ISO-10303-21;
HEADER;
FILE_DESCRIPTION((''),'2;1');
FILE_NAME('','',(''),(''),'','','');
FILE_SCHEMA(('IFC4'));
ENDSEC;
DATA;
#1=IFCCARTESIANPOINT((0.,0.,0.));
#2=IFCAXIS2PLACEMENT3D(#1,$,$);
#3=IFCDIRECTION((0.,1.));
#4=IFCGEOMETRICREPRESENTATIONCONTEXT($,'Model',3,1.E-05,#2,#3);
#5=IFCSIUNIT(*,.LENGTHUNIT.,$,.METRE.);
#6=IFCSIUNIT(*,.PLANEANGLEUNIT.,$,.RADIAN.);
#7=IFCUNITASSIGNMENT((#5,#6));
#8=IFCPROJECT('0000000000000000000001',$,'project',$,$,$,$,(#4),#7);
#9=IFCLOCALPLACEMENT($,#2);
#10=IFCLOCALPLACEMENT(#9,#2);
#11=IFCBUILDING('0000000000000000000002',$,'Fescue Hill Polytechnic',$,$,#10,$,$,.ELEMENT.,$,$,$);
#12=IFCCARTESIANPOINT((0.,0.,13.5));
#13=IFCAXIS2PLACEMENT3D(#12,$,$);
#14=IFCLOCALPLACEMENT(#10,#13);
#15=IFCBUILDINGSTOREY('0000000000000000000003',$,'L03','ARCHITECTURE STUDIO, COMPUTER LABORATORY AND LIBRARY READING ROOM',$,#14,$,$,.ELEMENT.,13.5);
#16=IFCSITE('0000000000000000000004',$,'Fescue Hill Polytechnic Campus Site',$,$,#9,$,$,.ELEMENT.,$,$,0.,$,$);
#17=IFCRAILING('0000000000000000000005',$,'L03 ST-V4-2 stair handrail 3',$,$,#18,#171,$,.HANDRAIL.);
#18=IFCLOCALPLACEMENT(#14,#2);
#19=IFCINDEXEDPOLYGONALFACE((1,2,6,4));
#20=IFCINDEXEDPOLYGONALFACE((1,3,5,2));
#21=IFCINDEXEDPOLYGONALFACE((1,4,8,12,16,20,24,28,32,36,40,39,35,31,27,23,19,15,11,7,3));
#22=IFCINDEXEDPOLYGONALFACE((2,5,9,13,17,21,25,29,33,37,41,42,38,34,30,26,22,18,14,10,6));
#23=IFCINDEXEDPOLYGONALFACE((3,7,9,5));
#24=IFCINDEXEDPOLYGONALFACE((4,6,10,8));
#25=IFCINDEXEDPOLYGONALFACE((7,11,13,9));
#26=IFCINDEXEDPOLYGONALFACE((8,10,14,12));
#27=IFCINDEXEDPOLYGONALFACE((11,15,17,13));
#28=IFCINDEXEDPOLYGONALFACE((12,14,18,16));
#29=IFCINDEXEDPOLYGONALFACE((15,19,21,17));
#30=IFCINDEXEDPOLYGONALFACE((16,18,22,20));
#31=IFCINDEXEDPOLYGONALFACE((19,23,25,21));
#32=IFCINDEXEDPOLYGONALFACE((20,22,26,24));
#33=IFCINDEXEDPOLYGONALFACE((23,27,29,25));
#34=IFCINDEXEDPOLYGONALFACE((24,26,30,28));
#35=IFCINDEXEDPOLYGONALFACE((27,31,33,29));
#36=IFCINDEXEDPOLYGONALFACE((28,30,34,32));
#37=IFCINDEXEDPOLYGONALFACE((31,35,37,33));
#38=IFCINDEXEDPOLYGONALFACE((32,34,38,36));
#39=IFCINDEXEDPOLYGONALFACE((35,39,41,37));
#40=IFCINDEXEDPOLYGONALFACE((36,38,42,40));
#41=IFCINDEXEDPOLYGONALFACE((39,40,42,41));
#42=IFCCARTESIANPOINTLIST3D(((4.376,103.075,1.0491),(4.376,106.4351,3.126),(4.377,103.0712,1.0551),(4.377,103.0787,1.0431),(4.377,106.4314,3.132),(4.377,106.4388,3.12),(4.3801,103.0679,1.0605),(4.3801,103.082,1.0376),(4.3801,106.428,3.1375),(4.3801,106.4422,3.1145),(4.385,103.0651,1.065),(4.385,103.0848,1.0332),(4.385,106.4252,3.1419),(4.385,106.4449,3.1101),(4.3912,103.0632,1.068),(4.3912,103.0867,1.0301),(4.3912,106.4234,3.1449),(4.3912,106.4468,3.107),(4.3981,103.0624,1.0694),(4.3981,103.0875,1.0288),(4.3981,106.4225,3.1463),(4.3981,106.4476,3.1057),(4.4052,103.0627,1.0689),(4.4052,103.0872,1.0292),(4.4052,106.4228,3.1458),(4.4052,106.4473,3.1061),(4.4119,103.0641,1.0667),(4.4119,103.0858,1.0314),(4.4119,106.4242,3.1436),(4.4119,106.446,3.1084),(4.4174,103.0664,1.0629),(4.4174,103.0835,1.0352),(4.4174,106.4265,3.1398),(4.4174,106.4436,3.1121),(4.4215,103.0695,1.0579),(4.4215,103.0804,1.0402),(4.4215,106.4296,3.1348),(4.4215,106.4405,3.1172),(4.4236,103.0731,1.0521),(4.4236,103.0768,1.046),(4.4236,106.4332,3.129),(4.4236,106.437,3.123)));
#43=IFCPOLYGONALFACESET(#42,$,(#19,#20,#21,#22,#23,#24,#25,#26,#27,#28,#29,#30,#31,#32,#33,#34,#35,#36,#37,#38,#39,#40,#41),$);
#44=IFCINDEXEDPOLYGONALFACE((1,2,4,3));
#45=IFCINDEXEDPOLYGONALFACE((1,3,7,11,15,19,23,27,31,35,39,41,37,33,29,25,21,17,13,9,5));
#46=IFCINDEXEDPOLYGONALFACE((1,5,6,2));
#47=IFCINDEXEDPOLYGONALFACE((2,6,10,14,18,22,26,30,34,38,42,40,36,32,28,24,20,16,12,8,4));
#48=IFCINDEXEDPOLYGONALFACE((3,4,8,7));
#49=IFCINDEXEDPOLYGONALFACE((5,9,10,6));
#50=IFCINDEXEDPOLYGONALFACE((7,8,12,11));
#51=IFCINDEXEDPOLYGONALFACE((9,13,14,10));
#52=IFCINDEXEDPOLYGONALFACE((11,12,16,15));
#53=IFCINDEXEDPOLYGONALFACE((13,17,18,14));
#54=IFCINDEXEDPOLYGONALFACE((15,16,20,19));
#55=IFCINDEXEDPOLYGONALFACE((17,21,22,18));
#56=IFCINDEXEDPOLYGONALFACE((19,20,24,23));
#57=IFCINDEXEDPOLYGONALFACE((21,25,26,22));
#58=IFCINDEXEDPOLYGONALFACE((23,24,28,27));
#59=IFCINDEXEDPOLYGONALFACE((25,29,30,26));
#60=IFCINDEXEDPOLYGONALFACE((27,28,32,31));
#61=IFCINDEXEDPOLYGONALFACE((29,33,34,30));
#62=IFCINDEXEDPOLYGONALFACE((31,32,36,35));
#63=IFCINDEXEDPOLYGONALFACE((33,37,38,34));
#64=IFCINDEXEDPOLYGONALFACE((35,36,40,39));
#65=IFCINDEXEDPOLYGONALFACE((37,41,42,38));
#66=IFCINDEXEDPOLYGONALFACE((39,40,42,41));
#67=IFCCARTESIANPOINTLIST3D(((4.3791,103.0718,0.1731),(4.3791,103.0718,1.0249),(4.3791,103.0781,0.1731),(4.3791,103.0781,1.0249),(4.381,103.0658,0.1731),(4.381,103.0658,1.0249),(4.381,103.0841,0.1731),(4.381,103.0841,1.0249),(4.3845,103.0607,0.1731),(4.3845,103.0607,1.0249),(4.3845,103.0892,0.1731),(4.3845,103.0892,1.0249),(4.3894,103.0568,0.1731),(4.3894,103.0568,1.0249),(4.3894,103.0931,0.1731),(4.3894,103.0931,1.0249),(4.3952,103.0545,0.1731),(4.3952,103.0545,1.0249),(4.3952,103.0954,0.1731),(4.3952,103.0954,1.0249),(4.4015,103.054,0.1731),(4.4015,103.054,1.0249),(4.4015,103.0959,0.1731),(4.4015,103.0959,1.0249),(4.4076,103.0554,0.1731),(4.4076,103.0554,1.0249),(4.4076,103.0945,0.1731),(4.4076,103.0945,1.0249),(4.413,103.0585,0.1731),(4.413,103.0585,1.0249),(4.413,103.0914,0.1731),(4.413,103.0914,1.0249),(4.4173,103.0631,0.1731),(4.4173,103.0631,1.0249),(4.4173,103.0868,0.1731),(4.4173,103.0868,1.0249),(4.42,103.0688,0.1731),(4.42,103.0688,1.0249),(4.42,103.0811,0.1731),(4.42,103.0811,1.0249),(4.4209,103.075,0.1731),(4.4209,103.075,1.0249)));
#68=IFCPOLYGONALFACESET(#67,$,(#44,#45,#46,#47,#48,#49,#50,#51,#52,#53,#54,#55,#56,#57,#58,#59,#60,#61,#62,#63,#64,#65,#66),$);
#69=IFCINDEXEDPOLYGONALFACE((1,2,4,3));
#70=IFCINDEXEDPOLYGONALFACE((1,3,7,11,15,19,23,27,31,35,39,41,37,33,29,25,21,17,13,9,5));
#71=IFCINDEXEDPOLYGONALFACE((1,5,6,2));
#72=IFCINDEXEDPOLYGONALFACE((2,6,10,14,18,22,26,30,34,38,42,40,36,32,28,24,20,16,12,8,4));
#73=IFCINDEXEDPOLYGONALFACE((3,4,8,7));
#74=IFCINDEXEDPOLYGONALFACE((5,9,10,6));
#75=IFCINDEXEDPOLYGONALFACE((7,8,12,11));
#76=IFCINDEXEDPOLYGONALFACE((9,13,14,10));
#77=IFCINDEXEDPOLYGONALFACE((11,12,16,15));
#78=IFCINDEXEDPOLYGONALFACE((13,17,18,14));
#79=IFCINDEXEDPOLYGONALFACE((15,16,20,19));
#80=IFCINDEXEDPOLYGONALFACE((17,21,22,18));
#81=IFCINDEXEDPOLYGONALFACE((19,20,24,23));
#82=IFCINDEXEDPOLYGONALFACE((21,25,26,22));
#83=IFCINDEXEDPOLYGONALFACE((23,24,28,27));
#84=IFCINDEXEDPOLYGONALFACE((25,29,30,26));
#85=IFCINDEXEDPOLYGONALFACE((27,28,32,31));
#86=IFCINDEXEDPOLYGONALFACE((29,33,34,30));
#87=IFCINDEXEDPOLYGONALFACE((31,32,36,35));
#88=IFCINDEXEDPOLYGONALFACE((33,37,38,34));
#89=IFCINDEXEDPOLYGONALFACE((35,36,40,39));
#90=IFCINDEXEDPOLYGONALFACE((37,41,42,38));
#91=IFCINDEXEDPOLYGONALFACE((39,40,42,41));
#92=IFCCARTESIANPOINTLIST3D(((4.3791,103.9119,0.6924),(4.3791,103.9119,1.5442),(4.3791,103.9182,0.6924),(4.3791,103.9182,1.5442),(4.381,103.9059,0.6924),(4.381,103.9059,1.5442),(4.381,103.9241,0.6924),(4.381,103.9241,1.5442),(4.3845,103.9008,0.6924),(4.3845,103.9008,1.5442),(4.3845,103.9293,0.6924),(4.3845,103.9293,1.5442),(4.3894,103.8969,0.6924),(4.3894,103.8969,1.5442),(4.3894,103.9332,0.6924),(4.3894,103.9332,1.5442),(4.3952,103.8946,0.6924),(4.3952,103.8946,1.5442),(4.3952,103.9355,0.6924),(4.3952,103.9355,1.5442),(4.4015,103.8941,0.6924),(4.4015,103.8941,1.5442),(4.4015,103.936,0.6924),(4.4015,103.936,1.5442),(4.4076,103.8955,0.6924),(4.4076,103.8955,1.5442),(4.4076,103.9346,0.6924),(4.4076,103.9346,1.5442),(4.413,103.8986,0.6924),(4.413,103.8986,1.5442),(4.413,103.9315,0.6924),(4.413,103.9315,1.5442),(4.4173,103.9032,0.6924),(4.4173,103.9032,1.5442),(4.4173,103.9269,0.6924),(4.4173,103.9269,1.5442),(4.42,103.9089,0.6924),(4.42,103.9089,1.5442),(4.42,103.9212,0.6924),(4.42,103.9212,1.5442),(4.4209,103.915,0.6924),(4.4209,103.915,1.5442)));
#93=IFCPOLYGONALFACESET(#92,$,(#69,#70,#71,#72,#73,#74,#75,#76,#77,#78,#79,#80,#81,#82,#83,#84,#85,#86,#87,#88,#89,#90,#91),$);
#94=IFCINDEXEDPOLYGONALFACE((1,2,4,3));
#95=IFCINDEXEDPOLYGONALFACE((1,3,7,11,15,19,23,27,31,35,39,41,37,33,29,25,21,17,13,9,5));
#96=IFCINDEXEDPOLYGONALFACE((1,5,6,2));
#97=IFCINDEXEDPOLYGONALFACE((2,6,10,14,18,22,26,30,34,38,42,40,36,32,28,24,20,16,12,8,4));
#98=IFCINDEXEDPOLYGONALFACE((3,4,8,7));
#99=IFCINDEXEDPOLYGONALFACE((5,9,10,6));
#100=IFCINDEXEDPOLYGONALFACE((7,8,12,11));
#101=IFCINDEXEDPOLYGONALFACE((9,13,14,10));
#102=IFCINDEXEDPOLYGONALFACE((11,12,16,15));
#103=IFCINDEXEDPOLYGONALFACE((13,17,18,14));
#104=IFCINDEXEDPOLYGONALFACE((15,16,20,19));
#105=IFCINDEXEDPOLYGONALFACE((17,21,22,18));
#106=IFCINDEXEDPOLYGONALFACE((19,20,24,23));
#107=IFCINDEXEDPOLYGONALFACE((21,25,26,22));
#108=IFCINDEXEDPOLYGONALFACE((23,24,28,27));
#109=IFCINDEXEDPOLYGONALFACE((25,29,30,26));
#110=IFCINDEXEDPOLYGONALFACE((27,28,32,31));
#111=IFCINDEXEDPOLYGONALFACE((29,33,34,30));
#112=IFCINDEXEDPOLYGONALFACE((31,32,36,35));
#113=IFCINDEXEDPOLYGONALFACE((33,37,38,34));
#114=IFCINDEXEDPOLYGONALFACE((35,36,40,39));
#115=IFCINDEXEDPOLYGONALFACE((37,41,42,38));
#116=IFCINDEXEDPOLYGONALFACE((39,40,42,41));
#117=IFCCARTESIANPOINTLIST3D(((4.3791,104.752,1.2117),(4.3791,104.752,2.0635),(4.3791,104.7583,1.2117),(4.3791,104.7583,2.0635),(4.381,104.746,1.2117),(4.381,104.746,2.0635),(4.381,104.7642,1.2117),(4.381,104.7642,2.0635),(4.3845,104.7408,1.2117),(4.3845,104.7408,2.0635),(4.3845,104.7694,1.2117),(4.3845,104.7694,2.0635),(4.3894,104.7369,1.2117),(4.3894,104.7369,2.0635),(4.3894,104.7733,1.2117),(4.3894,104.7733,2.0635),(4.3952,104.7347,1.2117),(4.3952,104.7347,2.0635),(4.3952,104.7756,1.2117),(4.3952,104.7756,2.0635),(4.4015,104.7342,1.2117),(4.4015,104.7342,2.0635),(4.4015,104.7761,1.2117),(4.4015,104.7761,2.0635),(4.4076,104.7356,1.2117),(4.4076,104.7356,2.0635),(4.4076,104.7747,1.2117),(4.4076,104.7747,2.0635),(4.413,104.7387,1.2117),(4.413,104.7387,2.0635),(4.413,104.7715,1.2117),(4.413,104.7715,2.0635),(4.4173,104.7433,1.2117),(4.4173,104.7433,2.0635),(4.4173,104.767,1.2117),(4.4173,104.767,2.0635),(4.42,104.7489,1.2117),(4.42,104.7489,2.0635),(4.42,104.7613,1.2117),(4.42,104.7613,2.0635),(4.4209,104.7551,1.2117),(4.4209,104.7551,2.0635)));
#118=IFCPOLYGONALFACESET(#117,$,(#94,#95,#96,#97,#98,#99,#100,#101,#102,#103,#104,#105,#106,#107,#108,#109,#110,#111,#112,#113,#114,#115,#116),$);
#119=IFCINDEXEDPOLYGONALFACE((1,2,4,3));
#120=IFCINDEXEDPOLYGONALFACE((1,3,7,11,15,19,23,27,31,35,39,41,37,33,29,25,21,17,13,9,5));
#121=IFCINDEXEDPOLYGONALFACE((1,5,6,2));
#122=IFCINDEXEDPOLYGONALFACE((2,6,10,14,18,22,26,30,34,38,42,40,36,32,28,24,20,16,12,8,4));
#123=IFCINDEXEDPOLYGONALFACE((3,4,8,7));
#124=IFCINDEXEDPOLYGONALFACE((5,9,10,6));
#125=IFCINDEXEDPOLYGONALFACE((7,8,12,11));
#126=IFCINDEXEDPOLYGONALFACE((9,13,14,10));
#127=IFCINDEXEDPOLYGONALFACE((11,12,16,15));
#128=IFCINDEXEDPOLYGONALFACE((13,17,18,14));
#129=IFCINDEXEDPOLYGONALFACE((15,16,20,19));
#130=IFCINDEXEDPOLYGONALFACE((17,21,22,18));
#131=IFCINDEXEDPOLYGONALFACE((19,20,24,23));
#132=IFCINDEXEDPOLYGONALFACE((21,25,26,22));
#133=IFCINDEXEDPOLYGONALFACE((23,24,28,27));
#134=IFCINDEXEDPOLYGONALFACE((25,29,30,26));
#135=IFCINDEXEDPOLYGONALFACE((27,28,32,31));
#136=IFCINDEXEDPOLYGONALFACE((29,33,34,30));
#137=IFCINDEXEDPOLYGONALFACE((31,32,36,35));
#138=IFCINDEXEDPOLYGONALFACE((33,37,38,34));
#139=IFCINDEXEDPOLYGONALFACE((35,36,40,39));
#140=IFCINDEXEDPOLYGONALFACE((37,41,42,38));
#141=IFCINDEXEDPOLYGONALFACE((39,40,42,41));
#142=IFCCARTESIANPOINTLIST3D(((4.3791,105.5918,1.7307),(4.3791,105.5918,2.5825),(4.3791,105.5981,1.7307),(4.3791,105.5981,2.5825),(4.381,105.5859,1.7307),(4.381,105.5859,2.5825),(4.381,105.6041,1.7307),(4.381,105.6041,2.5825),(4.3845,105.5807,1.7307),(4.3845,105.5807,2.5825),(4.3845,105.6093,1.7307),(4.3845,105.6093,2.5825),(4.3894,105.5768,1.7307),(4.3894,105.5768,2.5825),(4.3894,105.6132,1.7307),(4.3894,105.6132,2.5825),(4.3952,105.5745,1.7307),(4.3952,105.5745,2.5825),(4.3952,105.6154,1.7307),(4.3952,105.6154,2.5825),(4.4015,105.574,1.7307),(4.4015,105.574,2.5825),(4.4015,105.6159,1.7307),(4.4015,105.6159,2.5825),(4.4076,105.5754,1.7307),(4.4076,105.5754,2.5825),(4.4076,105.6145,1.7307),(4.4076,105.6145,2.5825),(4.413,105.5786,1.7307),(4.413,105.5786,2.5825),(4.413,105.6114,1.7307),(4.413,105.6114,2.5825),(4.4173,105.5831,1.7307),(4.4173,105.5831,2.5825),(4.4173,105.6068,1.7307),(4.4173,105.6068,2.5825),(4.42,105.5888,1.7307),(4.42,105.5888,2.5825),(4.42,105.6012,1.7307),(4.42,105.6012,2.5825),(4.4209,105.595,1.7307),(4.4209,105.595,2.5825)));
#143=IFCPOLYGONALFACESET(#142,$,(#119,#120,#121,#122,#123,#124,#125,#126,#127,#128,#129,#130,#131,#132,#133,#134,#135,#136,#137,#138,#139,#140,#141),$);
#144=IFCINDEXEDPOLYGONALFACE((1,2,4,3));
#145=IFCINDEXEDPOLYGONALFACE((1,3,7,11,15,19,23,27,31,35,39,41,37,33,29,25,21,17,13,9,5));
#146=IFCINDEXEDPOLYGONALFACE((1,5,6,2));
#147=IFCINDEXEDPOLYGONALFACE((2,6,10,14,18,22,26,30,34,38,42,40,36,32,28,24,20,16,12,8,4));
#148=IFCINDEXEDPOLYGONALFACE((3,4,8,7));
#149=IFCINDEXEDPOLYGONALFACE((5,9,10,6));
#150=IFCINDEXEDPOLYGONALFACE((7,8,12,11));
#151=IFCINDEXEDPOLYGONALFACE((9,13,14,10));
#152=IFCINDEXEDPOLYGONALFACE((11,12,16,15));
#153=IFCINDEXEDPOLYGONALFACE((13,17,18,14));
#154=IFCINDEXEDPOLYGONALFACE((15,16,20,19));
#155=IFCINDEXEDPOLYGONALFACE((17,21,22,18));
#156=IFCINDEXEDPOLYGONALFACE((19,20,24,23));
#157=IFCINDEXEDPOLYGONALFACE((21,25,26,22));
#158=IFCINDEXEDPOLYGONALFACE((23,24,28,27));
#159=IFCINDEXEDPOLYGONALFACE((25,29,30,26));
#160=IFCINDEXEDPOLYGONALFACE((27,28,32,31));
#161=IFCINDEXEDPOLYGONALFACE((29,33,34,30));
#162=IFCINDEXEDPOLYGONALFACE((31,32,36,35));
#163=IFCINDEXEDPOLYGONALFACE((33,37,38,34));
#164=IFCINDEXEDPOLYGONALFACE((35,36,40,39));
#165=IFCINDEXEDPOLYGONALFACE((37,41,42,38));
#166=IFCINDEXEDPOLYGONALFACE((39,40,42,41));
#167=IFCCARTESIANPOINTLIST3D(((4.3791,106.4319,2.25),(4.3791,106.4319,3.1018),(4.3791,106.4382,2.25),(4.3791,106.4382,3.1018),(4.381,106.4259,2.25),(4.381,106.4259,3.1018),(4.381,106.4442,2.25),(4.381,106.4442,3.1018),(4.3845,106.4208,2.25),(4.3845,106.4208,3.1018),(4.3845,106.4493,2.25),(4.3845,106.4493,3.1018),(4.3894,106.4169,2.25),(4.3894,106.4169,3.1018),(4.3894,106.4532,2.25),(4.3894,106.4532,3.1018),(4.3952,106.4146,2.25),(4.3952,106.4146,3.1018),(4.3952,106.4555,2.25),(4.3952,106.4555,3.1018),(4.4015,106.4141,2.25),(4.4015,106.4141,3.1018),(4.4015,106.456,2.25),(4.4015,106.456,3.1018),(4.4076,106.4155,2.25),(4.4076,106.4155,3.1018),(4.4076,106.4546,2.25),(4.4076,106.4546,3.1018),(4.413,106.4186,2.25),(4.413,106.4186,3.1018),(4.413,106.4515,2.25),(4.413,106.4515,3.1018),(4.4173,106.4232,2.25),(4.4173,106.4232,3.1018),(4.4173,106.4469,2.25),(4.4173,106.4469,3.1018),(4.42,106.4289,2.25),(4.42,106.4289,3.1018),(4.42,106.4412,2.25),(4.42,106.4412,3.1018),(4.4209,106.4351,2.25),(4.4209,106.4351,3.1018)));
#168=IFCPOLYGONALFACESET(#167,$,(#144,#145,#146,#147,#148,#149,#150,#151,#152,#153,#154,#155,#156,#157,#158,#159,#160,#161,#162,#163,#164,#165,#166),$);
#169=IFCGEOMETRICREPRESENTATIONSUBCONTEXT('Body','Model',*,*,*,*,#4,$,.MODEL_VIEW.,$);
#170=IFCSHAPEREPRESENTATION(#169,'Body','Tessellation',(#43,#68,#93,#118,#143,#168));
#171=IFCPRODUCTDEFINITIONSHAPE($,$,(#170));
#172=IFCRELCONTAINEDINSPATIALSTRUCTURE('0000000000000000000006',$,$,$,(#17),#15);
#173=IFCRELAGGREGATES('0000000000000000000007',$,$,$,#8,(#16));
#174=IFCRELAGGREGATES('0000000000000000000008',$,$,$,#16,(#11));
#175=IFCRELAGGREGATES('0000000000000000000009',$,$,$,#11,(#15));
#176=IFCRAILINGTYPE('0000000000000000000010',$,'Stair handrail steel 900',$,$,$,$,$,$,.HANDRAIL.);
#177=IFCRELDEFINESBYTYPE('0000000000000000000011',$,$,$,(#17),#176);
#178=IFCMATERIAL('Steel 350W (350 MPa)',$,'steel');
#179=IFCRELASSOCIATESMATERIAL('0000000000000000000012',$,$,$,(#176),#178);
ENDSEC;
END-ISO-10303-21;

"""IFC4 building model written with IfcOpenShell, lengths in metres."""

from ifc_helpers import new_model, si_unit, direction, frame, origin, origin_2d, place, context, subcontext, project, spatial, circle, extrude, material, type_object, element, save


model = new_model("IFC4")

# Units and contexts
model_context = context("Model", 3, precision=1e-05, world=origin(), true_north=direction((0.0, 1.0)))
body_context = subcontext(model_context, "Body", "Model", "MODEL_VIEW")
ifc_project = project(units=[si_unit("LENGTHUNIT", "METRE"), si_unit("PLANEANGLEUNIT", "RADIAN")], contexts=[model_context])

# Site, building, storey
site_placement = place(None, origin())
site = spatial("IfcSite", under=ifc_project, at=site_placement, Name="Fescue Hill Polytechnic Campus Site", CompositionType="ELEMENT", RefElevation=0.0)
building_placement = place(site_placement, origin())
building = spatial("IfcBuilding", under=site, at=building_placement, Name="Fescue Hill Polytechnic", CompositionType="ELEMENT")
storey_placement = place(building_placement, frame((0.0, 0.0, 13.5)))
storey = spatial("IfcBuildingStorey", under=building, at=storey_placement, Name="L03", Description="ARCHITECTURE STUDIO, COMPUTER LABORATORY AND LIBRARY READING ROOM", CompositionType="ELEMENT", Elevation=13.5)

# Railing
ifc_material_1 = material(Name="Steel 350W (350 MPa)", Category="steel")
railing_type_1 = type_object("IfcRailingType", Name="Stair handrail steel 900", PredefinedType="HANDRAIL", material=ifc_material_1)
for number, where, name in (
    (1, (4.3999, 103.075, 0.1731), "L03 ST-V4-2 stair handrail 3"),
):
    element("IfcRailing", number, at=place(storey_placement, frame(where)), inside=storey, type_object=railing_type_1, Name=name, PredefinedType="HANDRAIL", context=body_context, shape_type="SweptSolid", body=[
        extrude(circle(Radius=0.0239, at=origin_2d()), frame((0.0, 0.0, 0.876), z_axis=(0.0, 0.850623, 0.525776), x_axis=(-1.0, 0.0, 0.0)), (0.0, 0.0, 1.0), 3.9502),
        extrude(circle(Radius=0.021, at=origin_2d()), origin(), (0.0, 0.0, 1.0), 0.8518),
        extrude(circle(Radius=0.021, at=origin_2d()), frame((0.0, 0.8401, 0.5193)), (0.0, 0.0, 1.0), 0.8518),
        extrude(circle(Radius=0.021, at=origin_2d()), frame((0.0, 1.6802, 1.0386)), (0.0, 0.0, 1.0), 0.8518),
        extrude(circle(Radius=0.021, at=origin_2d()), frame((0.0, 2.52, 1.5576)), (0.0, 0.0, 1.0), 0.8518),
        extrude(circle(Radius=0.021, at=origin_2d()), frame((0.0, 3.3601, 2.0769)), (0.0, 0.0, 1.0), 0.8518),
    ])

save(model, "model.ifc")
